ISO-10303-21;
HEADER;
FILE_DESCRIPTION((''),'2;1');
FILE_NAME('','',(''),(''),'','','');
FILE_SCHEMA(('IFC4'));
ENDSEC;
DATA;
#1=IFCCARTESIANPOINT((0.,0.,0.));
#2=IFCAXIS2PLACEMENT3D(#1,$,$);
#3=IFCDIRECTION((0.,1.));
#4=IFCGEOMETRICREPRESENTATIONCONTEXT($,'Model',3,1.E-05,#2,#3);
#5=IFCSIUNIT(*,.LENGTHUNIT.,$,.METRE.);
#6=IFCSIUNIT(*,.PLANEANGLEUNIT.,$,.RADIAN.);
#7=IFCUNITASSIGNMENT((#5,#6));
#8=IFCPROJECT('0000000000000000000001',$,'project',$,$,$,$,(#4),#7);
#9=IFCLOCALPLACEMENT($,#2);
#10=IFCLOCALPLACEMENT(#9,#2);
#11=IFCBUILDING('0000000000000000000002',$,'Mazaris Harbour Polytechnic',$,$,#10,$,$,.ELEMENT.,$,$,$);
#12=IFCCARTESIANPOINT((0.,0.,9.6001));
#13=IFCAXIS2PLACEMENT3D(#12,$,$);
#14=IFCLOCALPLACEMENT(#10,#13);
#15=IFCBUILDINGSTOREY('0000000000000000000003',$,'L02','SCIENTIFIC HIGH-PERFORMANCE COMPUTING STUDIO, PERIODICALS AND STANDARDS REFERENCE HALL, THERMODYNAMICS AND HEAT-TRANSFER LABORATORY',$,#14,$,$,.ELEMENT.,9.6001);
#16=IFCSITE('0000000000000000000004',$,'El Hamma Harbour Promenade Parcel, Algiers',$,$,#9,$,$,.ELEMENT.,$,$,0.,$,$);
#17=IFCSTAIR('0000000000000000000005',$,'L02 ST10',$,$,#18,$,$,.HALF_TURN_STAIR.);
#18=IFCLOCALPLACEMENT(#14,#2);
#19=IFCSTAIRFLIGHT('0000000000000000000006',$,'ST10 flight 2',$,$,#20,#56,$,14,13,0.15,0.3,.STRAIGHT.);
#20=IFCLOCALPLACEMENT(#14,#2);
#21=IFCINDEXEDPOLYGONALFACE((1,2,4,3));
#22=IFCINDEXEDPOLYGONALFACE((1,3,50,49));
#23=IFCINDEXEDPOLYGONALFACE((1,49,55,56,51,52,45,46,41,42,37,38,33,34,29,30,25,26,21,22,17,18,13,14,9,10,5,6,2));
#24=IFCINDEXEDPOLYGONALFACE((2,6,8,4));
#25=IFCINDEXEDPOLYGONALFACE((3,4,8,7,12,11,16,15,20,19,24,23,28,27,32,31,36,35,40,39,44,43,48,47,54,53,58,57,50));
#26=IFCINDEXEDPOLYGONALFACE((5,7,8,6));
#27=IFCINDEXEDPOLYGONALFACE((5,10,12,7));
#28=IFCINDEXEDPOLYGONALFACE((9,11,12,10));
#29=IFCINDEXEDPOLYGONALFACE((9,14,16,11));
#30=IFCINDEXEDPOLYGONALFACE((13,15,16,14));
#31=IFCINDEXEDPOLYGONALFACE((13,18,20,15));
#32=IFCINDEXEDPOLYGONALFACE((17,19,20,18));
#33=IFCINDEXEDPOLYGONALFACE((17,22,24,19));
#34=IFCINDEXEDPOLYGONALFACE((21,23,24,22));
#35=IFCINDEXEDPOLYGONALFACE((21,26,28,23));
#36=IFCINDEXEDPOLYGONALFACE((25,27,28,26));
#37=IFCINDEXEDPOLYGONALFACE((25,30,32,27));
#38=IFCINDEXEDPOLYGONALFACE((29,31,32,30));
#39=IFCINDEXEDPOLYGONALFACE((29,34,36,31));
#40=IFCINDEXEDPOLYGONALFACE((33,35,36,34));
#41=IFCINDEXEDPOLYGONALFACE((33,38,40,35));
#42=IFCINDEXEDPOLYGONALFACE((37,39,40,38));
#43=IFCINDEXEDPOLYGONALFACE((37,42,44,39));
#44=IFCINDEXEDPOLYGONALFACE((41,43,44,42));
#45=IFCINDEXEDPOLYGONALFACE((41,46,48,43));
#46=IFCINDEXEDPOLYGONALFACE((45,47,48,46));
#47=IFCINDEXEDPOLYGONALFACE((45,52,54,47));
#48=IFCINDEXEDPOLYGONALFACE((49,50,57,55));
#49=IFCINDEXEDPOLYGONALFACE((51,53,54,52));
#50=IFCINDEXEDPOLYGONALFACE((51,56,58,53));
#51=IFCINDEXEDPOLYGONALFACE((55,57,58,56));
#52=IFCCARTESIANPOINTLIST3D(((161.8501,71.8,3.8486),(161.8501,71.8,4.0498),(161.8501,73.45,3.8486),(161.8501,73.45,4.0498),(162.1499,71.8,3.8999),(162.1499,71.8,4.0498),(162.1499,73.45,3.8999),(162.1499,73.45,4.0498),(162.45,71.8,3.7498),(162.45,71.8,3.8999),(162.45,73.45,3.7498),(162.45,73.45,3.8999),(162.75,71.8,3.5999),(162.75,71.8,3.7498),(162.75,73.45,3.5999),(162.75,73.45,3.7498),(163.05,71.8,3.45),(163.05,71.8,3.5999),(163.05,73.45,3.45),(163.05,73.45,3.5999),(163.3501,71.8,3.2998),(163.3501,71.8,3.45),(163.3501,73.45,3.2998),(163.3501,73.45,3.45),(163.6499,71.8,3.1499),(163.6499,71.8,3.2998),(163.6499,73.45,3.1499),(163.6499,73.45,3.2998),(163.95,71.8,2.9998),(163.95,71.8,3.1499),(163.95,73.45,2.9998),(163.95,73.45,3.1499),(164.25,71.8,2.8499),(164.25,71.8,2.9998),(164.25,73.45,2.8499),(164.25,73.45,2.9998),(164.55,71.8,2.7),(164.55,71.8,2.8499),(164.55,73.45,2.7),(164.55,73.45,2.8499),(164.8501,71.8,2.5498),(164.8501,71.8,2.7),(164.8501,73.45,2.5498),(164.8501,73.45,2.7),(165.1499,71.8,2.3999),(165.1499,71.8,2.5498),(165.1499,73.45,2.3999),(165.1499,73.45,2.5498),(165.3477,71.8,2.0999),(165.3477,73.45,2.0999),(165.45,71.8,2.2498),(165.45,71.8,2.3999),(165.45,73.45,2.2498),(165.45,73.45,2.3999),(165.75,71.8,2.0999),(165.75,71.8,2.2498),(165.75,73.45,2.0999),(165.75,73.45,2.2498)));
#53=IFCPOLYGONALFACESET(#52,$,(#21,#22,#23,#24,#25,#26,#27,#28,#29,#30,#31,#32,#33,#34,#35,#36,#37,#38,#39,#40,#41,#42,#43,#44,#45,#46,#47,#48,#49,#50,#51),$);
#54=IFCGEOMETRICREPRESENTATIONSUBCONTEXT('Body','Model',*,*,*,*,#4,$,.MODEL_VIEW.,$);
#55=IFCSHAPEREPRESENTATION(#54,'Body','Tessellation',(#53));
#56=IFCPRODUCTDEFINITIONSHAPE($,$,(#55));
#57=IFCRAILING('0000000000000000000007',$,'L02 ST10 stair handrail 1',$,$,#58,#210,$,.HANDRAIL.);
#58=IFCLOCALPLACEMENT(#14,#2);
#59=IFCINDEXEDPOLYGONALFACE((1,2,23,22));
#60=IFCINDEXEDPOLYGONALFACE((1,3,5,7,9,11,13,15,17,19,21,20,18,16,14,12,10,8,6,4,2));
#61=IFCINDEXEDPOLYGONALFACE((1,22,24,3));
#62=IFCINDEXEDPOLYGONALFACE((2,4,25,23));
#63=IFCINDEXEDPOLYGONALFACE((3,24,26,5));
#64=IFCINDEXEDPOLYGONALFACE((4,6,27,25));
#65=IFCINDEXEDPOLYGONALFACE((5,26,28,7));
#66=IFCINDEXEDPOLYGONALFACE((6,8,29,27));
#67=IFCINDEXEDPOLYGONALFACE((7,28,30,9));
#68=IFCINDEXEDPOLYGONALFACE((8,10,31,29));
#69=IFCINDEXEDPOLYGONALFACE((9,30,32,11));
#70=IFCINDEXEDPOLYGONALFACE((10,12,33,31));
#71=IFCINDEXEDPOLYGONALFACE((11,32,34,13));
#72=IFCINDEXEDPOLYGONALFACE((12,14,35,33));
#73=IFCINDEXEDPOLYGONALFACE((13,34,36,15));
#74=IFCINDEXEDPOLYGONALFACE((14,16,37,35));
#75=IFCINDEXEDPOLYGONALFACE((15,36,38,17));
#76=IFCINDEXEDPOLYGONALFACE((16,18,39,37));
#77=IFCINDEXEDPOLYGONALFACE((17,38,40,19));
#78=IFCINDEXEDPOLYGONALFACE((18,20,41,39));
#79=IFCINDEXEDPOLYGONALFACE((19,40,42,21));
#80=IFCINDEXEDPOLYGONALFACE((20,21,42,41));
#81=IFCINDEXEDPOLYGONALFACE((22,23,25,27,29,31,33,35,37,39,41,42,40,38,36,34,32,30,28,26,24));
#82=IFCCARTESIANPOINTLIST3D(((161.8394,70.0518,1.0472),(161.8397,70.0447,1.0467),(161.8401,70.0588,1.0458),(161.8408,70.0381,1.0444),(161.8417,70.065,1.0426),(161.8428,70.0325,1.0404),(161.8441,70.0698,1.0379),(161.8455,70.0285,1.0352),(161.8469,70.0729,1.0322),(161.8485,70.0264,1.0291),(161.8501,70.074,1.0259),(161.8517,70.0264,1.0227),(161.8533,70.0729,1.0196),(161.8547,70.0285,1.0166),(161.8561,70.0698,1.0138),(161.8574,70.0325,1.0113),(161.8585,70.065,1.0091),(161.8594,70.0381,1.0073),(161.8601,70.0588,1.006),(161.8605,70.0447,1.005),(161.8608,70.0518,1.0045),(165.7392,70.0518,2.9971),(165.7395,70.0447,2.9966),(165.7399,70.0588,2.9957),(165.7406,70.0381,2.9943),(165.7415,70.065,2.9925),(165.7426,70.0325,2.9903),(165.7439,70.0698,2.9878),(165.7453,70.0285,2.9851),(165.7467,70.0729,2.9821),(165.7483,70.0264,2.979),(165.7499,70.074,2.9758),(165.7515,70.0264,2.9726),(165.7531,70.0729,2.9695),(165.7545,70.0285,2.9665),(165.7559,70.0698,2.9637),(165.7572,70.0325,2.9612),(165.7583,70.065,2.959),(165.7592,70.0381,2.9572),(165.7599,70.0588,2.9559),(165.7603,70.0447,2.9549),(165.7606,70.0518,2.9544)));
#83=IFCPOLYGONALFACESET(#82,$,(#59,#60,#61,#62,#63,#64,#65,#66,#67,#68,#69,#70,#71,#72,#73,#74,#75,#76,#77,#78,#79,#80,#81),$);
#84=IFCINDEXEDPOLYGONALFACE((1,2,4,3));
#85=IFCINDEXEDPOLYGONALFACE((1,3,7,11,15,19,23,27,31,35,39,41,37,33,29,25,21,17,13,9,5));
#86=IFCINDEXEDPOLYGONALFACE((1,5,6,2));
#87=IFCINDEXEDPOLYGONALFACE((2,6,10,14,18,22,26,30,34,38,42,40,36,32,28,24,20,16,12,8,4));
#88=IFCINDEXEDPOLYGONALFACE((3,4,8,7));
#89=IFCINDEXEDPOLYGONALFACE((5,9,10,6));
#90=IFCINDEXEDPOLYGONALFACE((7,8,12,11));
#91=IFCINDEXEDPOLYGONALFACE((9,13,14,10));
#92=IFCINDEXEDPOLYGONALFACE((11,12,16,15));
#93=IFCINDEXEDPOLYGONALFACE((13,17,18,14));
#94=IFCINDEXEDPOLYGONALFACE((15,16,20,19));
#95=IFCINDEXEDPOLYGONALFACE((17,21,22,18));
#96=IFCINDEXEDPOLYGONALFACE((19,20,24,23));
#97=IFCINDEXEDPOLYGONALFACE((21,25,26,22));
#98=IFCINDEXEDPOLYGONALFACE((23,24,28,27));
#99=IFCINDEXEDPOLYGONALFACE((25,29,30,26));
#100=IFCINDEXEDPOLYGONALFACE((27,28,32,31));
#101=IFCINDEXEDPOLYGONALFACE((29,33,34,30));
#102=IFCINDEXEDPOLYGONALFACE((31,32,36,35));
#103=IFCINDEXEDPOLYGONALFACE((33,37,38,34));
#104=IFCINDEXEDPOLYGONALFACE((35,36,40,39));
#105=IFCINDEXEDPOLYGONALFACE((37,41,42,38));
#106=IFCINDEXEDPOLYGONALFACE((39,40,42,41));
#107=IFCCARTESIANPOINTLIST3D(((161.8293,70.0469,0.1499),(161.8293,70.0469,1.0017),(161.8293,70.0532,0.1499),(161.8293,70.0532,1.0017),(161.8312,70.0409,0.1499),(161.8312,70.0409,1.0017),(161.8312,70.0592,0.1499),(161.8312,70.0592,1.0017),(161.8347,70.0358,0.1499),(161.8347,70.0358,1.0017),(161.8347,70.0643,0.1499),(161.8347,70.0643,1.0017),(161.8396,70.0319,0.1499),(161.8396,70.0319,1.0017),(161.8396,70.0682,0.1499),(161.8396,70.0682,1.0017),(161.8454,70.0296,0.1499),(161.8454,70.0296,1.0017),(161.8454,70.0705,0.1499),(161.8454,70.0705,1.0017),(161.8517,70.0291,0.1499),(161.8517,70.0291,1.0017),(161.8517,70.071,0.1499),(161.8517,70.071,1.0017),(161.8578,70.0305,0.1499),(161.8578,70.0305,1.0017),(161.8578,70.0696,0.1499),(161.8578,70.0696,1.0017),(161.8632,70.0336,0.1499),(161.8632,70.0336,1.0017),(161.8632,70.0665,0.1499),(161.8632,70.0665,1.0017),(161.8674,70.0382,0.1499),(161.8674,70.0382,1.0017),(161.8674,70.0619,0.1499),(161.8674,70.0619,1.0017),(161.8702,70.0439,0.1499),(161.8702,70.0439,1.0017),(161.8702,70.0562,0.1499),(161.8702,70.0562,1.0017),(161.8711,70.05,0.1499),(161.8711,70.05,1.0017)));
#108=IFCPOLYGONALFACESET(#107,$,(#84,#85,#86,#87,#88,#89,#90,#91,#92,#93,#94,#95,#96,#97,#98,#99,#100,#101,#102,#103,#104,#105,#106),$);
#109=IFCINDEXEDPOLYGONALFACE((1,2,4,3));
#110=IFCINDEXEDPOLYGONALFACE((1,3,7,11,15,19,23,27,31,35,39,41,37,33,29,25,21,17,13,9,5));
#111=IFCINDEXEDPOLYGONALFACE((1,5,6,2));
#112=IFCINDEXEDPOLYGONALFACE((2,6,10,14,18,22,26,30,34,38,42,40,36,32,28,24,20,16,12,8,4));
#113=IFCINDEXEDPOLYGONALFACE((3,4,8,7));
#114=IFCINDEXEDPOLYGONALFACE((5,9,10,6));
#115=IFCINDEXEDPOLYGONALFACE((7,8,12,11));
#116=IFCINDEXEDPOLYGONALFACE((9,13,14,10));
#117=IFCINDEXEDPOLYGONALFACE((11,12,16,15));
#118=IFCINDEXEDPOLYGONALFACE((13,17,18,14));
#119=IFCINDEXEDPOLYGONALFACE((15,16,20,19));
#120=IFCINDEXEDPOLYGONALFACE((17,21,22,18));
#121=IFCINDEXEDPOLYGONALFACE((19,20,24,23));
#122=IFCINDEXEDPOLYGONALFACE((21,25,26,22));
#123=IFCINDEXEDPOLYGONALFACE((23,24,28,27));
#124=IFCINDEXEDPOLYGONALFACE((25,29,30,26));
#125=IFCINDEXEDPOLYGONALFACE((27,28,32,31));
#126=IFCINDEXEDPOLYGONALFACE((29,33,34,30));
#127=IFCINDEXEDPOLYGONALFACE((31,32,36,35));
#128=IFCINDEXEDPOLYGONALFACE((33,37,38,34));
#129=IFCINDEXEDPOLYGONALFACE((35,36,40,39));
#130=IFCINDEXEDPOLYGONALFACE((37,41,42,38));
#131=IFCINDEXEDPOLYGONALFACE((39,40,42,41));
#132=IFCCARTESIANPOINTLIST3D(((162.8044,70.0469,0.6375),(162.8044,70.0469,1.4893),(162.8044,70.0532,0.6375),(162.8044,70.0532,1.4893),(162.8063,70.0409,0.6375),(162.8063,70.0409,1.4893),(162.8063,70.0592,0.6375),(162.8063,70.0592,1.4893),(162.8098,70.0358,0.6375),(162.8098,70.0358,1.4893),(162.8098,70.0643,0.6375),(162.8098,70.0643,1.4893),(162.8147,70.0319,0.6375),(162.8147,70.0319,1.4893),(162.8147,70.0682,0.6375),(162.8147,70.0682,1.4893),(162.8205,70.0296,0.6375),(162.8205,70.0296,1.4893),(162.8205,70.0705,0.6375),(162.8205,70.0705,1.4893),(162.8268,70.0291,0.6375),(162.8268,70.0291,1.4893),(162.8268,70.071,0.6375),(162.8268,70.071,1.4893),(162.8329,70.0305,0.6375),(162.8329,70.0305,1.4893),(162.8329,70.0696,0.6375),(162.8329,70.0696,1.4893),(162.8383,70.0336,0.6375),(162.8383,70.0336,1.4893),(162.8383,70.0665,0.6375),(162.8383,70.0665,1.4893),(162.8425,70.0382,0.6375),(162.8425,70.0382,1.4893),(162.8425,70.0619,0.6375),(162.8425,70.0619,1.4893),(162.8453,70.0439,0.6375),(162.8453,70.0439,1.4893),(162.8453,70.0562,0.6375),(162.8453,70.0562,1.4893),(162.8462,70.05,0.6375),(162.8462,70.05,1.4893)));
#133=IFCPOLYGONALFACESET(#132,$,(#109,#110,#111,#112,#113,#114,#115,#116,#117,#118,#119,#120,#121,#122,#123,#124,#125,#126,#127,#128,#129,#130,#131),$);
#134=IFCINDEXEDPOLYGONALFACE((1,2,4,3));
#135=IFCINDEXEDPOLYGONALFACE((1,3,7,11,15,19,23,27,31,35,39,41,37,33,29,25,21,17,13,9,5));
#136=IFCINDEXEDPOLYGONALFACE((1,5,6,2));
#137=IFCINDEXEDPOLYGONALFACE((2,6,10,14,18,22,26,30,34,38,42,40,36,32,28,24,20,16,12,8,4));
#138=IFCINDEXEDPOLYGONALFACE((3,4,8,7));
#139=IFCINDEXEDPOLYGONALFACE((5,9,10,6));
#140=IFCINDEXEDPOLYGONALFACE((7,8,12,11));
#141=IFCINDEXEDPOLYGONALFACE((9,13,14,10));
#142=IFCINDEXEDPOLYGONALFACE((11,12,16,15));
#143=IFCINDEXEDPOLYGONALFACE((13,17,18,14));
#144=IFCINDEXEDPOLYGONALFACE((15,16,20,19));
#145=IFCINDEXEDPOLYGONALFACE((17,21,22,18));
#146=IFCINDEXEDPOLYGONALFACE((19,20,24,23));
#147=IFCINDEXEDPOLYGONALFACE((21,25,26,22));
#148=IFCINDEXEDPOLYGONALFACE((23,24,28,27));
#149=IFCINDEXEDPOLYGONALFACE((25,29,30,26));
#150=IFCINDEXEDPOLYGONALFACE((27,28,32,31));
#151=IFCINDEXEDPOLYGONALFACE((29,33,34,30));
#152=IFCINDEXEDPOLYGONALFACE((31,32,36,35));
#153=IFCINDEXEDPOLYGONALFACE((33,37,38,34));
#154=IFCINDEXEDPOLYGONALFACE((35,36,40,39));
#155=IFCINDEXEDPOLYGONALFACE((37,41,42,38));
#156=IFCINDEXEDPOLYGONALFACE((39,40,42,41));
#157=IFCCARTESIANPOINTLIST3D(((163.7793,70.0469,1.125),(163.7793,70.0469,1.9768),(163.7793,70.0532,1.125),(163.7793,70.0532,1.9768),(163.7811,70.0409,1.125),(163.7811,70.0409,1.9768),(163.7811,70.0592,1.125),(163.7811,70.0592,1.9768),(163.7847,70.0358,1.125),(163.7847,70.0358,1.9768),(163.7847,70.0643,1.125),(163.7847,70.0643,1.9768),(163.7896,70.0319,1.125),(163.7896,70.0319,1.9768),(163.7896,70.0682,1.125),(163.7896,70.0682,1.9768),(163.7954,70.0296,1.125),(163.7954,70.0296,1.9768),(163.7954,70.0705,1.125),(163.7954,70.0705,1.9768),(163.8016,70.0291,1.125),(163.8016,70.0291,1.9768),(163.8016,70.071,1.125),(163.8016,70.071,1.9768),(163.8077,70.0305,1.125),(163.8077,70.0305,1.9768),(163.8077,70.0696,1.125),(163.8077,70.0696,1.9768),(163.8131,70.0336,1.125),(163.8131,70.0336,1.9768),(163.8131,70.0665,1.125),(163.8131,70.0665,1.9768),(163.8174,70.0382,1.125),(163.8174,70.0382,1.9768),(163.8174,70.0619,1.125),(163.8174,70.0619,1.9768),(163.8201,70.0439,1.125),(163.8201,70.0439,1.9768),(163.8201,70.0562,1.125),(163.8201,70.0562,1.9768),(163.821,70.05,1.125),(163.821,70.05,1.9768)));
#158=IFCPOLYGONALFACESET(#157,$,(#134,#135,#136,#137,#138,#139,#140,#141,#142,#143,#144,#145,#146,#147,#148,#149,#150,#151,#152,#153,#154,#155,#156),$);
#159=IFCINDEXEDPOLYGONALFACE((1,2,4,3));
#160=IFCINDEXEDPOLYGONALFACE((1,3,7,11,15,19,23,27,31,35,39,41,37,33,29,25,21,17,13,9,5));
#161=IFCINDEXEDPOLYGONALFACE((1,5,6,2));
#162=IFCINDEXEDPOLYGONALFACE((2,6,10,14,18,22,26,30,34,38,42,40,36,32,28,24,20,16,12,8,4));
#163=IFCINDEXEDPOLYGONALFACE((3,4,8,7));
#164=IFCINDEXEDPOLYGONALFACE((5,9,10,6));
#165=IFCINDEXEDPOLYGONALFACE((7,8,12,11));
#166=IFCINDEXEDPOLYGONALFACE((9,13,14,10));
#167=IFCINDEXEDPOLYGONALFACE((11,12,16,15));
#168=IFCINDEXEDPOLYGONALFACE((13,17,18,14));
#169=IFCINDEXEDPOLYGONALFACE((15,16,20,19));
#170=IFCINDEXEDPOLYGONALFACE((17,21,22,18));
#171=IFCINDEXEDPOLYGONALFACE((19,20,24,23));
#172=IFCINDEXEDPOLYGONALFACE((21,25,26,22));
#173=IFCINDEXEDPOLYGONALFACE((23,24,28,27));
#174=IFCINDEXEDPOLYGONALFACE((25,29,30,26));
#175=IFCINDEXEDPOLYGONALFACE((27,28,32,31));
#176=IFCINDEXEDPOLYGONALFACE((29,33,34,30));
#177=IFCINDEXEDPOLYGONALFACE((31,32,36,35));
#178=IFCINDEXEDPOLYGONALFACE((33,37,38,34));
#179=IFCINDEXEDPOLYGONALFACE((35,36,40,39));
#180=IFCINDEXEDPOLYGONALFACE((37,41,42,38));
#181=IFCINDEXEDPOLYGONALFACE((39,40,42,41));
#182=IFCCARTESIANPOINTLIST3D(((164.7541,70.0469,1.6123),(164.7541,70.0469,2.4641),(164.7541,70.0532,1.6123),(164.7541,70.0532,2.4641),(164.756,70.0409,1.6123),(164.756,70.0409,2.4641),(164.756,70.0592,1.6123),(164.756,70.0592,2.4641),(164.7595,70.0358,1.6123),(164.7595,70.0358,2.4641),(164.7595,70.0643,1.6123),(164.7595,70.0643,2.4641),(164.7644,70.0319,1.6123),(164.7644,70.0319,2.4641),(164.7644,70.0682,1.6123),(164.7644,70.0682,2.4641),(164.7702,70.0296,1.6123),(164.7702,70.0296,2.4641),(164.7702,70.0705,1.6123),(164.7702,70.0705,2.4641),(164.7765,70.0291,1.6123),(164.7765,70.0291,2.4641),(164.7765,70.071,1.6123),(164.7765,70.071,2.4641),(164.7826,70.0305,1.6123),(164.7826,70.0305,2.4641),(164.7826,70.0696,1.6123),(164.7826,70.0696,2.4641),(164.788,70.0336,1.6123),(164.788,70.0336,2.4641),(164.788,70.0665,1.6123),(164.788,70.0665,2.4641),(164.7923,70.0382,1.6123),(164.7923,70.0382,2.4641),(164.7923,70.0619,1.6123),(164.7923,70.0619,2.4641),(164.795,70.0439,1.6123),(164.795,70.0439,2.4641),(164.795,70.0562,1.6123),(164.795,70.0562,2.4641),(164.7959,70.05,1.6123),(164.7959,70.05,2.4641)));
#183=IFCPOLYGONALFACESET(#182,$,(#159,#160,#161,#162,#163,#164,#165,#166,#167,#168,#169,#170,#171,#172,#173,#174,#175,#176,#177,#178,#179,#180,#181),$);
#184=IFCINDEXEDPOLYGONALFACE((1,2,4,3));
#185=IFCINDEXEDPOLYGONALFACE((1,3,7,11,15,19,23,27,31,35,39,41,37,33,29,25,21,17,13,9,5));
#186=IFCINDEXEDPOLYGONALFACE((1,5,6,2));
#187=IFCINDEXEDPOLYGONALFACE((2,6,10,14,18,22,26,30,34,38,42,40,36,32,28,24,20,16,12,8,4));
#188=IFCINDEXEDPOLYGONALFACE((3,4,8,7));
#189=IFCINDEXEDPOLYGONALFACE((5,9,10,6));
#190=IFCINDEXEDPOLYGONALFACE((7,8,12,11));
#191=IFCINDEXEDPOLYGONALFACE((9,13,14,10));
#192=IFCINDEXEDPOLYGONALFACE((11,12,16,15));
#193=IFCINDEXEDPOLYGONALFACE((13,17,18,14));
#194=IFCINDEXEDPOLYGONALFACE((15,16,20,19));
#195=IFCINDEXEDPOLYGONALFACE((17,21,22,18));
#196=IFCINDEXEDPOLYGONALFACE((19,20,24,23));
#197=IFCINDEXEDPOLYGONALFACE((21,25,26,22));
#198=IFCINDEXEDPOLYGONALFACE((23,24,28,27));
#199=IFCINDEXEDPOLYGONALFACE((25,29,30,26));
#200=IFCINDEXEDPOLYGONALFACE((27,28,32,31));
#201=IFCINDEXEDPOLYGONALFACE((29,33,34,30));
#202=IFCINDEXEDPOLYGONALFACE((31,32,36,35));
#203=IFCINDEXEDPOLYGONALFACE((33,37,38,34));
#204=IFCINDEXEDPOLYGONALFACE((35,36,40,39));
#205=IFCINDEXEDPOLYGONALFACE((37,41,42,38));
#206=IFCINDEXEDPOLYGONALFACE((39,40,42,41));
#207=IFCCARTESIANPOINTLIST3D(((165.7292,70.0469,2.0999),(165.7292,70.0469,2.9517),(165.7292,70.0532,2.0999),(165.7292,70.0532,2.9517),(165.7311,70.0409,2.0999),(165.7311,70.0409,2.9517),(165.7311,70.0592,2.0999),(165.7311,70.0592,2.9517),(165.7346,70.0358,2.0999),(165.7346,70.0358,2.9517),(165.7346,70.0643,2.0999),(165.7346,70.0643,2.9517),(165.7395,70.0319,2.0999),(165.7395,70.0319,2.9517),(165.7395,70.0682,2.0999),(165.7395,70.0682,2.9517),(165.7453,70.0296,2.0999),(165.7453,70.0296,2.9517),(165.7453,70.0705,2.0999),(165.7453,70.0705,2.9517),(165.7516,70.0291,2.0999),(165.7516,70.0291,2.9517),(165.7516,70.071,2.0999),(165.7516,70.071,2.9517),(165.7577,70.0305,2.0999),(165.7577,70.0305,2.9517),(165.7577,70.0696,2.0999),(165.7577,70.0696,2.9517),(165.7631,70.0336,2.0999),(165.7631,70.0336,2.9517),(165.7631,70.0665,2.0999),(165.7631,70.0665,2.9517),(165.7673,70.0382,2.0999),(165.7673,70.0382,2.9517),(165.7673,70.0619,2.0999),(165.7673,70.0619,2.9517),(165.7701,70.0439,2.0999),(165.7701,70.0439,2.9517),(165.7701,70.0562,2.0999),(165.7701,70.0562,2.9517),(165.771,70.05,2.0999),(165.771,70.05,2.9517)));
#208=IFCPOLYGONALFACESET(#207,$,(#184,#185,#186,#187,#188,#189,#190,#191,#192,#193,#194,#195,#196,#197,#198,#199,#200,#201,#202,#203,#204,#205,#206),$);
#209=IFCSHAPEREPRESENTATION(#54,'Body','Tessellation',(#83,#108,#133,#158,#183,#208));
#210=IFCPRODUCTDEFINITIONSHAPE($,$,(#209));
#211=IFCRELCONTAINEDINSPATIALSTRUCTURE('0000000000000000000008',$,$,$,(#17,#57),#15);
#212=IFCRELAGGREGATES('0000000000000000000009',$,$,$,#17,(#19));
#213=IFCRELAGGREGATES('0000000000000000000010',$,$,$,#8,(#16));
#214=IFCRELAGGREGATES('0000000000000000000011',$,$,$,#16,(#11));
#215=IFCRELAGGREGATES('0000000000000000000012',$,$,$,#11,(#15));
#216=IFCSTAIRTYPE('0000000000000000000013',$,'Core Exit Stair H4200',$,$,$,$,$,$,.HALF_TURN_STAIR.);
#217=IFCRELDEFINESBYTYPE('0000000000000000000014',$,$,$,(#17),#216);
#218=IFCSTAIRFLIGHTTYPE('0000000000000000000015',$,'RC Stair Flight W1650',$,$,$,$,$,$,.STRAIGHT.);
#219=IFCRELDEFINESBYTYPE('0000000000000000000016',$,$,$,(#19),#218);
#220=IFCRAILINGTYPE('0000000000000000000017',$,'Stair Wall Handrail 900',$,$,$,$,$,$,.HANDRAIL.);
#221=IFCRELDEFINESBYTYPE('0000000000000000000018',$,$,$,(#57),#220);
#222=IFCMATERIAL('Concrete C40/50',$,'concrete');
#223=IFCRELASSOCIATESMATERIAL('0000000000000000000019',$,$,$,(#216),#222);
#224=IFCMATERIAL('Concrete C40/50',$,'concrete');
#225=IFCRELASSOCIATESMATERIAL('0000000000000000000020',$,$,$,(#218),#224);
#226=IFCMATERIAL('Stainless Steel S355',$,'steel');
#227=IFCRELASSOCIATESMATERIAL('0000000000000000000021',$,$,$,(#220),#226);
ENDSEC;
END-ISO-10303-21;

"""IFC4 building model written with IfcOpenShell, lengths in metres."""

from ifc_helpers import new_model, si_unit, direction, frame, origin, origin_2d, place, context, subcontext, project, spatial, polyline, circle, outline, extrude, material, type_object, element, aggregate, save


model = new_model("IFC4")

# Units and contexts
model_context = context("Model", 3, precision=1e-05, world=origin(), true_north=direction((0.0, 1.0)))
body_context = subcontext(model_context, "Body", "Model", "MODEL_VIEW")
ifc_project = project(units=[si_unit("LENGTHUNIT", "METRE"), si_unit("PLANEANGLEUNIT", "RADIAN")], contexts=[model_context])

# Site, building, storey
site_placement = place(None, origin())
site = spatial("IfcSite", under=ifc_project, at=site_placement, Name="El Hamma Harbour Promenade Parcel, Algiers", CompositionType="ELEMENT", RefElevation=0.0)
building_placement = place(site_placement, origin())
building = spatial("IfcBuilding", under=site, at=building_placement, Name="Mazaris Harbour Polytechnic", CompositionType="ELEMENT")
storey_placement = place(building_placement, frame((0.0, 0.0, 9.6001)))
storey = spatial("IfcBuildingStorey", under=building, at=storey_placement, Name="L02", Description="SCIENTIFIC HIGH-PERFORMANCE COMPUTING STUDIO, PERIODICALS AND STANDARDS REFERENCE HALL, THERMODYNAMICS AND HEAT-TRANSFER LABORATORY", CompositionType="ELEMENT", Elevation=9.6001)

# Stair, stair flight
ifc_material_1 = material(Name="Concrete C40/50", Category="concrete")
stair_type = type_object("IfcStairType", Name="Core Exit Stair H4200", PredefinedType="HALF_TURN_STAIR", material=ifc_material_1)
stair_placement = place(storey_placement, origin())
stair = element("IfcStair", 1, at=stair_placement, inside=storey, type_object=stair_type, Name="L02 ST10", PredefinedType="HALF_TURN_STAIR")
ifc_material_2 = material(Name="Concrete C40/50", Category="concrete")
stair_flight_type = type_object("IfcStairFlightType", Name="RC Stair Flight W1650", PredefinedType="STRAIGHT", material=ifc_material_2)
stair_flight_1_placement = place(storey_placement, frame((165.75, 72.625, 2.0999), z_axis=(0.0, 0.0, 1.0), x_axis=(-1.0, 0.0, 0.0)))
stair_flight_1 = element("IfcStairFlight", 2, at=stair_flight_1_placement, type_object=stair_flight_type, Name="ST10 flight 2", NumberOfRisers=14, NumberOfTreads=13, PredefinedType="STRAIGHT", RiserHeight=0.15, TreadLength=0.3, context=body_context, shape_type="SweptSolid", body=[
    extrude(outline(polyline([(0.0, 0.0), (0.0, 0.1499), (0.3, 0.1499), (0.3, 0.3), (0.6001, 0.3), (0.6001, 0.45), (0.8999, 0.45), (0.8999, 0.6001), (1.2, 0.6001), (1.2, 0.75), (1.5, 0.75), (1.5, 0.8999), (1.8, 0.8999), (1.8, 1.05), (2.1001, 1.05), (2.1001, 1.2), (2.3999, 1.2), (2.3999, 1.3501), (2.7, 1.3501), (2.7, 1.5), (3.0, 1.5), (3.0, 1.6499), (3.3, 1.6499), (3.3, 1.8), (3.6001, 1.8), (3.6001, 1.95), (3.8999, 1.95), (3.8999, 2.1001), (3.8999, 1.7488), (0.4023, 0.0), (0.0, 0.0)])), frame((0.0, 0.825, 0.0), z_axis=(0.0, -1.0, 0.0), x_axis=(1.0, 0.0, 0.0)), (0.0, 0.0, 1.0), 1.6499),
])
aggregate(stair, [stair_flight_1])

# Railing
ifc_material_3 = material(Name="Stainless Steel S355", Category="steel")
railing_type_1 = type_object("IfcRailingType", Name="Stair Wall Handrail 900", PredefinedType="HANDRAIL", material=ifc_material_3)
railing_1_placement = place(storey_placement, frame((161.8501, 70.05, 0.1499)))
element("IfcRailing", 3, at=railing_1_placement, inside=storey, type_object=railing_type_1, Name="L02 ST10 stair handrail 1", PredefinedType="HANDRAIL", context=body_context, shape_type="SweptSolid", body=[
    extrude(circle(Radius=0.0239, at=origin_2d()), frame((0.0, 0.0, 0.876), z_axis=(0.894427, 0.0, 0.447214), x_axis=(0.0, 1.0, 0.0)), (0.0, 0.0, 1.0), 4.3601),
    extrude(circle(Radius=0.021, at=origin_2d()), origin(), (0.0, 0.0, 1.0), 0.8518),
    extrude(circle(Radius=0.021, at=origin_2d()), frame((0.9751, 0.0, 0.4875)), (0.0, 0.0, 1.0), 0.8518),
    extrude(circle(Radius=0.021, at=origin_2d()), frame((1.95, 0.0, 0.9751)), (0.0, 0.0, 1.0), 0.8518),
    extrude(circle(Radius=0.021, at=origin_2d()), frame((2.9248, 0.0, 1.4624)), (0.0, 0.0, 1.0), 0.8518),
    extrude(circle(Radius=0.021, at=origin_2d()), frame((3.8999, 0.0, 1.95)), (0.0, 0.0, 1.0), 0.8518),
])

save(model, "model.ifc")
